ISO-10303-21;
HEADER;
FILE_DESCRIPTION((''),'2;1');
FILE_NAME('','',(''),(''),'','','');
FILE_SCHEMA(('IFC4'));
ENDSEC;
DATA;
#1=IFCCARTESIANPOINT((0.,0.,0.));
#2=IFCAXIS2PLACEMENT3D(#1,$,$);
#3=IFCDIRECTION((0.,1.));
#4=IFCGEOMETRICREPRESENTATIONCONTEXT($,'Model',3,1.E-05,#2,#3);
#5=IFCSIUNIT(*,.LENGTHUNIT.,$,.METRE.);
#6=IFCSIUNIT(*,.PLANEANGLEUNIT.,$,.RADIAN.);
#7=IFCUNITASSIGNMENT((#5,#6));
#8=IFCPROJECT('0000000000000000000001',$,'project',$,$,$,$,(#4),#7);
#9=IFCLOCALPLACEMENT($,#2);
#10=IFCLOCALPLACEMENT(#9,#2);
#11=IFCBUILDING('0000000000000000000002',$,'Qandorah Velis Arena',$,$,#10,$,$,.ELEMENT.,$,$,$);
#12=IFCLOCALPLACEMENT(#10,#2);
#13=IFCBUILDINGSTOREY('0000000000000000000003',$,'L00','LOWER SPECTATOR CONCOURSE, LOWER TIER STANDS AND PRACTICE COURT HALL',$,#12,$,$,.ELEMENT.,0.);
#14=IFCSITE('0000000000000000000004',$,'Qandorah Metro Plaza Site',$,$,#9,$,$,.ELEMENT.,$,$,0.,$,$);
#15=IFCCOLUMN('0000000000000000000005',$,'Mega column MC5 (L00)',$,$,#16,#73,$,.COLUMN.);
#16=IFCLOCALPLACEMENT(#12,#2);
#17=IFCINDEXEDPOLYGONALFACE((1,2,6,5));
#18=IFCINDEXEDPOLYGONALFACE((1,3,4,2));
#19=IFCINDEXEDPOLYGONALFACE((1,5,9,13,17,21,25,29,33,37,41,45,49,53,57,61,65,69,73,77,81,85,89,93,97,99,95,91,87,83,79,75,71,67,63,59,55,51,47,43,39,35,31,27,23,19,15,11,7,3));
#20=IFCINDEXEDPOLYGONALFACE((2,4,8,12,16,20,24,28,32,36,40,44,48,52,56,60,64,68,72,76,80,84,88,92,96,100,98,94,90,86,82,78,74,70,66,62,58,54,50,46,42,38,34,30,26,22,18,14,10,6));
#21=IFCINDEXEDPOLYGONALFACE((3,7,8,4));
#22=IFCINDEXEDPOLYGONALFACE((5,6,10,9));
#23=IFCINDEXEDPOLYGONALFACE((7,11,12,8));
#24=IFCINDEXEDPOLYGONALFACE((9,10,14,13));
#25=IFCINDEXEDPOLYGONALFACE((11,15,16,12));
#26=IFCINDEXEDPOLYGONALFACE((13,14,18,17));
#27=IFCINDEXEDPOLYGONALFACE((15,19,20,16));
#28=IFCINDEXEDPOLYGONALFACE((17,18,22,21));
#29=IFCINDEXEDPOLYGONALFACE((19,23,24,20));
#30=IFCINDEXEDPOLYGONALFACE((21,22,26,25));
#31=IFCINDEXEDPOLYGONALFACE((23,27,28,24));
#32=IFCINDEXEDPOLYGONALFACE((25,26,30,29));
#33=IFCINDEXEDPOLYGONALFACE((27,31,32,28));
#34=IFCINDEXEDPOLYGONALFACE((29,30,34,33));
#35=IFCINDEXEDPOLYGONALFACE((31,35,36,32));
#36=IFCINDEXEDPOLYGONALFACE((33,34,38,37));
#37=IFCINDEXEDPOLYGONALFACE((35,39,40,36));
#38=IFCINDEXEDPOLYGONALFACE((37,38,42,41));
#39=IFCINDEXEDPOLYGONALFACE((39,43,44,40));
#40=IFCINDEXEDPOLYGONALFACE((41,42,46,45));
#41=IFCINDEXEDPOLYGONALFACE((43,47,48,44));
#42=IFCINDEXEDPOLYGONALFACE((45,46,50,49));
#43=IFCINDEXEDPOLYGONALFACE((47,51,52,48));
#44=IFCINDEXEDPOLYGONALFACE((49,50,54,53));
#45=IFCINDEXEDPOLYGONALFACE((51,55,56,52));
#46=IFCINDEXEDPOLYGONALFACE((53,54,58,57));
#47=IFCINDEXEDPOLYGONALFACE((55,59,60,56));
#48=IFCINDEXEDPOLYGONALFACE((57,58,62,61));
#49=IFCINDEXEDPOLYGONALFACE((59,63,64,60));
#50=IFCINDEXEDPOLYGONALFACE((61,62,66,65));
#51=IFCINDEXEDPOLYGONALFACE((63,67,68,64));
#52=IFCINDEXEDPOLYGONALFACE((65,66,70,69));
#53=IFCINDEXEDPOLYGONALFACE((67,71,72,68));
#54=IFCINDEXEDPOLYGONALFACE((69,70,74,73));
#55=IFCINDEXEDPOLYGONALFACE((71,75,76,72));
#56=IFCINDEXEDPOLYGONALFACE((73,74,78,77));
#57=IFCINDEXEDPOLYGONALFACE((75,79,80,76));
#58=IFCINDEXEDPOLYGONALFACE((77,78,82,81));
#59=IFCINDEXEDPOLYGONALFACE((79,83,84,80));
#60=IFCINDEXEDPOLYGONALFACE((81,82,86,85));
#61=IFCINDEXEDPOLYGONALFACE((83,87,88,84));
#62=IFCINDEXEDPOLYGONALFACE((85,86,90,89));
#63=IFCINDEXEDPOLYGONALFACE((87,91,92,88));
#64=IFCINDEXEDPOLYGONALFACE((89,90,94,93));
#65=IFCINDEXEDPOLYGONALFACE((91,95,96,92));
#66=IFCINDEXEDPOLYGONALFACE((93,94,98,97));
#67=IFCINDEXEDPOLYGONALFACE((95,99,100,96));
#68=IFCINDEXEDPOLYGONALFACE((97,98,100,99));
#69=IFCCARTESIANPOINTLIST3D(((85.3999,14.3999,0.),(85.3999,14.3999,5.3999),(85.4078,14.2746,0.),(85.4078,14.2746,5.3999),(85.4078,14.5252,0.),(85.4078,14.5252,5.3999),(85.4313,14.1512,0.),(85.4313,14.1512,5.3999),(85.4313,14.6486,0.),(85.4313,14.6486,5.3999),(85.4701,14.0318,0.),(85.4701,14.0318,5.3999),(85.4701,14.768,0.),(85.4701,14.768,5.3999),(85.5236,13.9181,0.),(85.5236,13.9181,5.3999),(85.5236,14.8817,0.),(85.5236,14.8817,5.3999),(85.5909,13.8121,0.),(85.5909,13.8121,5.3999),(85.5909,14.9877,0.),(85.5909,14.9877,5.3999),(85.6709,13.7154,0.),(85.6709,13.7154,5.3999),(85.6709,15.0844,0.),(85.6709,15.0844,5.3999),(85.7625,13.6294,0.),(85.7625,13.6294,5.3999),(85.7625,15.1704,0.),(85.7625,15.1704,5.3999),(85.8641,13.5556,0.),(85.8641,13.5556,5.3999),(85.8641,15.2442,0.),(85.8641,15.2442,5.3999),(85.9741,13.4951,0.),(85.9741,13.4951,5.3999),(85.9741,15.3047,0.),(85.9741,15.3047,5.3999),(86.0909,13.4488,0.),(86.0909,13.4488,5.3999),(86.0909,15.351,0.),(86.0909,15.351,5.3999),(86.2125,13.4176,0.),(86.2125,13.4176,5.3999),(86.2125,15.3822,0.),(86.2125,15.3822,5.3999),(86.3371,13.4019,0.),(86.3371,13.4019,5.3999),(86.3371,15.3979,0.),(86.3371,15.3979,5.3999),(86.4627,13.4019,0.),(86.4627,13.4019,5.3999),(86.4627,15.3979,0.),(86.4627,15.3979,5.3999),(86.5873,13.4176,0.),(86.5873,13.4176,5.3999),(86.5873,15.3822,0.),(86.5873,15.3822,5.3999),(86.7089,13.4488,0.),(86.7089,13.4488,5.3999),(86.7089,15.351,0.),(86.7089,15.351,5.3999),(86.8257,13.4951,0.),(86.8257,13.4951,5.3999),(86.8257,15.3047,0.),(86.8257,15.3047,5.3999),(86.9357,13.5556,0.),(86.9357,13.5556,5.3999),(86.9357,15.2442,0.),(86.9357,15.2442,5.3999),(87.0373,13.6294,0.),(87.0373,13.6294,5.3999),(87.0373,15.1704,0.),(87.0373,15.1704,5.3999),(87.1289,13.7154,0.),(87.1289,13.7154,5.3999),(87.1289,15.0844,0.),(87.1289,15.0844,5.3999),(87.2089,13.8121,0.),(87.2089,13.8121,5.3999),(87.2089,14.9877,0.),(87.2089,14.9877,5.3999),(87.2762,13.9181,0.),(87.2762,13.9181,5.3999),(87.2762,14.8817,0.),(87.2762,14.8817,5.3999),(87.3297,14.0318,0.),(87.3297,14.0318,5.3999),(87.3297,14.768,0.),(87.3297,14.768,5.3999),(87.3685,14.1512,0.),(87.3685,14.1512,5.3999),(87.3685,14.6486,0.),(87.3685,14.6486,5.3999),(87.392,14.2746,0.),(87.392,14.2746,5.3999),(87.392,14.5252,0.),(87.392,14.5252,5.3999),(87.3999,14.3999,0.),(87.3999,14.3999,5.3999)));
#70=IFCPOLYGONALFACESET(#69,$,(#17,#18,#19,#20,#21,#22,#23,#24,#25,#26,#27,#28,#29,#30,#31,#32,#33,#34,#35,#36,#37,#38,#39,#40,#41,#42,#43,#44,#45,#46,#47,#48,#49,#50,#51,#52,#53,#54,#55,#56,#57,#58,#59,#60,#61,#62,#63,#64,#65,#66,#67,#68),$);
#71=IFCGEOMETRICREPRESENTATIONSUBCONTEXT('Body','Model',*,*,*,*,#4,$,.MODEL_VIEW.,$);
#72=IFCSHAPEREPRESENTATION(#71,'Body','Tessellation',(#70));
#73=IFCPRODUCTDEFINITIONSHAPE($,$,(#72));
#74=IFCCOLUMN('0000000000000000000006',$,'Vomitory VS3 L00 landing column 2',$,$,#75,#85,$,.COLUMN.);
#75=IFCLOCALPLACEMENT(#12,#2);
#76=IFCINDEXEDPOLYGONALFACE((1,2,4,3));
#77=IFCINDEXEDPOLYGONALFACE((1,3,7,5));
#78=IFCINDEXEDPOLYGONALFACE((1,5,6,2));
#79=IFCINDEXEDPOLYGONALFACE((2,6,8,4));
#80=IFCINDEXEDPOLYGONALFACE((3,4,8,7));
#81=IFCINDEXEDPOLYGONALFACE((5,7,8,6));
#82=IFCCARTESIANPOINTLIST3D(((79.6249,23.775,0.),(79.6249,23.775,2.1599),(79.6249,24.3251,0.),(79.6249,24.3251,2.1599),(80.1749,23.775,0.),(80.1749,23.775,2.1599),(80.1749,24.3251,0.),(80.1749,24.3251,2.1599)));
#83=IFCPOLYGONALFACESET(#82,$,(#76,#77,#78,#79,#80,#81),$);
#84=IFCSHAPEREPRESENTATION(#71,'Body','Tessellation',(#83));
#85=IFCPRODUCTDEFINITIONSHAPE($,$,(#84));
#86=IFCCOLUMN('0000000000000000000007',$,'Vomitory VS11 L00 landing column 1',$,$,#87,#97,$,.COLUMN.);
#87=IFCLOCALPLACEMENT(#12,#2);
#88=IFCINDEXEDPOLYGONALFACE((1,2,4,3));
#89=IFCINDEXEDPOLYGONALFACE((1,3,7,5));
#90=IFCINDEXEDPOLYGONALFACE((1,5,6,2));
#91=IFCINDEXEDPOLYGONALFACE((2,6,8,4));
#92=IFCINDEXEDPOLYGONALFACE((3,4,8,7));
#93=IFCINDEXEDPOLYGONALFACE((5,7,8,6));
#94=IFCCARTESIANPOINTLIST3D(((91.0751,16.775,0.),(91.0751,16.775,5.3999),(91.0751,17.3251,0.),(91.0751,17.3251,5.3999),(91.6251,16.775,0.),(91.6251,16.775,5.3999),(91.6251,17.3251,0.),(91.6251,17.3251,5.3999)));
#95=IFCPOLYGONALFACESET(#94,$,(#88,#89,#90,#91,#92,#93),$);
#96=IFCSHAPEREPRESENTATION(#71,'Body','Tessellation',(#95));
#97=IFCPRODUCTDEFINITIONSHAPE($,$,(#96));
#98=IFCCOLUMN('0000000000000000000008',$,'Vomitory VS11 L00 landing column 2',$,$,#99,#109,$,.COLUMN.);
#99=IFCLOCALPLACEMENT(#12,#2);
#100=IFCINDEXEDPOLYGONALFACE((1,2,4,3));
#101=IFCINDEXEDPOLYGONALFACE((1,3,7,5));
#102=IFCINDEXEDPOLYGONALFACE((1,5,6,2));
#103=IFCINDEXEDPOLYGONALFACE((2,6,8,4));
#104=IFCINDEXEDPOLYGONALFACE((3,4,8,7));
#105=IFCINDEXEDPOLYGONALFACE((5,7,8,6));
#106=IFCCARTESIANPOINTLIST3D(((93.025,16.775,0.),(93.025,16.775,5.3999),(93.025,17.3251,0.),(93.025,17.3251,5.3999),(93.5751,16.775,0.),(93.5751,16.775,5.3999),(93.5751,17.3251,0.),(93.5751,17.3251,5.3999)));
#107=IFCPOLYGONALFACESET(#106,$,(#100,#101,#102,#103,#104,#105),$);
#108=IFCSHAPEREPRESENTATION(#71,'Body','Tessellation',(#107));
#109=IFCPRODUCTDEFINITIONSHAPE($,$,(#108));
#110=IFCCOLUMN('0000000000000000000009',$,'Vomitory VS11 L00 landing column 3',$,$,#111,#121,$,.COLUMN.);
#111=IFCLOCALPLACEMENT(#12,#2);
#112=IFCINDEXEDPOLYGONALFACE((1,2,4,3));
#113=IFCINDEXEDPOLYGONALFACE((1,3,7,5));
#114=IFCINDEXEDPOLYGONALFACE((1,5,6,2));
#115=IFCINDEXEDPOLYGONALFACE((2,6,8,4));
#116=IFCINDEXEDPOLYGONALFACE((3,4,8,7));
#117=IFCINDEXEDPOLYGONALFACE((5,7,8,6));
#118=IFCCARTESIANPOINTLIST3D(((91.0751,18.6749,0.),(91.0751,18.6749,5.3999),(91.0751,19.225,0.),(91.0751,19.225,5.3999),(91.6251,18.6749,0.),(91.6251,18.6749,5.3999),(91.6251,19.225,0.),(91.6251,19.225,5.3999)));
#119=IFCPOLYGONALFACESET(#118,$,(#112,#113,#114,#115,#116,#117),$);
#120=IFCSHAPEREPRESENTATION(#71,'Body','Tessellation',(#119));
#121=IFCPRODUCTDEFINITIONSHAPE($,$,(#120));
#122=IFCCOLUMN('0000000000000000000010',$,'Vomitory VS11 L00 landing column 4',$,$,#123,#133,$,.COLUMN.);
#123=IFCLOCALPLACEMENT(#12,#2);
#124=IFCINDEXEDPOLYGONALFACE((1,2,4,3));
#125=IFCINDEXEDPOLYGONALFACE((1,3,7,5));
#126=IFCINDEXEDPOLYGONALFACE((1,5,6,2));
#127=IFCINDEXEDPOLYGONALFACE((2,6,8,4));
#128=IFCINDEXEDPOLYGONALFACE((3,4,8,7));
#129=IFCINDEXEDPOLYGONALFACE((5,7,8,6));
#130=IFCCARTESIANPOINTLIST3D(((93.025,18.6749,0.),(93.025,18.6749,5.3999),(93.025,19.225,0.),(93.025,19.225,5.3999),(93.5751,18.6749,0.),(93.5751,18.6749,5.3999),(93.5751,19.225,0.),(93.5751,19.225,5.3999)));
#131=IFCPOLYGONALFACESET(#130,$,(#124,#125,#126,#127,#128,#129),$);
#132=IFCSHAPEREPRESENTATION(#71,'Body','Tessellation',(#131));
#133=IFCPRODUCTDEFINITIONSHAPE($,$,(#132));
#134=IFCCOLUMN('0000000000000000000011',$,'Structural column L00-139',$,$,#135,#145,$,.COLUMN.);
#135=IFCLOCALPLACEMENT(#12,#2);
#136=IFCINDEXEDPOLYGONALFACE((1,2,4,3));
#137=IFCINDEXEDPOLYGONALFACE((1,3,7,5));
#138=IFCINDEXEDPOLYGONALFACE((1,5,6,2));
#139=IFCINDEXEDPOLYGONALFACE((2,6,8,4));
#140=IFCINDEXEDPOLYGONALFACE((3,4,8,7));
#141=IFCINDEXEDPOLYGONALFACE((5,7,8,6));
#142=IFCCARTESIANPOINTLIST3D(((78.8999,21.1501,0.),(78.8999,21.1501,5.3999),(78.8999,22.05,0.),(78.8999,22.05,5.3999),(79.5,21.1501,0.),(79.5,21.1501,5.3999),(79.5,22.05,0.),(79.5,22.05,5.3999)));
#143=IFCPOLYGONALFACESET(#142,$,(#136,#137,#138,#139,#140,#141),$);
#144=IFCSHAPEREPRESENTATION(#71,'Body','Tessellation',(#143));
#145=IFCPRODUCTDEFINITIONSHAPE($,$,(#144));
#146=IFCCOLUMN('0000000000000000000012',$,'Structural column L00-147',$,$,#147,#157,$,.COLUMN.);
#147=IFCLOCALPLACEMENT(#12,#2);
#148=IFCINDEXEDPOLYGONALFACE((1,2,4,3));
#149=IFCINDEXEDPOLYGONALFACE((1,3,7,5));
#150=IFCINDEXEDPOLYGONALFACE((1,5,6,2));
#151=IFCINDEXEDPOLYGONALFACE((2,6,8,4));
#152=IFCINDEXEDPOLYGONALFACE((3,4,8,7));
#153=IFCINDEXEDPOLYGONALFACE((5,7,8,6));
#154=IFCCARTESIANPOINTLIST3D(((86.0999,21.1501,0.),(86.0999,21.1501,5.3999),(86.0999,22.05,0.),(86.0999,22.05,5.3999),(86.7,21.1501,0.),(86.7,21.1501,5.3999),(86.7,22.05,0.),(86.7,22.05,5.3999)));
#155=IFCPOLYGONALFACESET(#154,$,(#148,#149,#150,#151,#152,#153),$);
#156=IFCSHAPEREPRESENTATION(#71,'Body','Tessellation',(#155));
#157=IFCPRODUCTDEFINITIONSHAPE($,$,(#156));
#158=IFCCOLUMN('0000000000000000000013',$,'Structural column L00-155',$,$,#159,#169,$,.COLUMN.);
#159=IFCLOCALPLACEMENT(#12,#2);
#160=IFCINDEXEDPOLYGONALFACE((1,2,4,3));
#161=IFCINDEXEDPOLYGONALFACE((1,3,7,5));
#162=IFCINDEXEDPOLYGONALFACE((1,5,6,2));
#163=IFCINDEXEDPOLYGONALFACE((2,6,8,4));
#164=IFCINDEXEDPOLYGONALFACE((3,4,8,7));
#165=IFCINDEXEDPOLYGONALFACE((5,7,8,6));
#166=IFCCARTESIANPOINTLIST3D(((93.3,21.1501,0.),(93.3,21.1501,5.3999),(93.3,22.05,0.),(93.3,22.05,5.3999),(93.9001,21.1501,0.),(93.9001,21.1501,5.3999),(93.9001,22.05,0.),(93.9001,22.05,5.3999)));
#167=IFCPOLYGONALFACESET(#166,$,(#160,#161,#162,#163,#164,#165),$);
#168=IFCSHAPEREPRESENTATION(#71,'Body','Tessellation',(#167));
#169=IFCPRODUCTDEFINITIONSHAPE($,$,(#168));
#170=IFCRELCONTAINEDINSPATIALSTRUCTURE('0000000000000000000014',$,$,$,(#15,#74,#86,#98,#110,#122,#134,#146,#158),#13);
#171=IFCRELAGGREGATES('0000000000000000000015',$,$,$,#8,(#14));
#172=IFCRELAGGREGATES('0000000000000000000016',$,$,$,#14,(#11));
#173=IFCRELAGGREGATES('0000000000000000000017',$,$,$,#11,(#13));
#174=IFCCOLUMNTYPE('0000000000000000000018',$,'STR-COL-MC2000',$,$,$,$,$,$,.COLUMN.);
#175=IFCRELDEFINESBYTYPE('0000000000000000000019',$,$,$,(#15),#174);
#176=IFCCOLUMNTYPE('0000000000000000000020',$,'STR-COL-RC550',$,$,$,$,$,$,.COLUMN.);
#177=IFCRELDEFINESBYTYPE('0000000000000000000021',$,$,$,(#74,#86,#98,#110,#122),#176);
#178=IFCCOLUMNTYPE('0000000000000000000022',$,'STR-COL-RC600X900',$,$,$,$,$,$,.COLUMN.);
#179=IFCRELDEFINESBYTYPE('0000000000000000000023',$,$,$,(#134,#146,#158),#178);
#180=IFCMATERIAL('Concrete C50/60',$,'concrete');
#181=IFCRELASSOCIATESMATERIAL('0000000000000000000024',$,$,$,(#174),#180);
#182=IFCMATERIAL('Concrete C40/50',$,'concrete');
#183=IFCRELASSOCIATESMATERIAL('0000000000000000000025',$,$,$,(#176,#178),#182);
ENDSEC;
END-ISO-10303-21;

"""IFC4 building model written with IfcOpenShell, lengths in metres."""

from ifc_helpers import new_model, si_unit, direction, frame, origin, origin_2d, place, context, subcontext, project, spatial, rectangle, circle, extrude, material, material_profile, profile_set, type_object, element, save


model = new_model("IFC4")

# Units and contexts
model_context = context("Model", 3, precision=1e-05, world=origin(), true_north=direction((0.0, 1.0)))
body_context = subcontext(model_context, "Body", "Model", "MODEL_VIEW")
ifc_project = project(units=[si_unit("LENGTHUNIT", "METRE"), si_unit("PLANEANGLEUNIT", "RADIAN")], contexts=[model_context])

# Site, building, storey
site_placement = place(None, origin())
site = spatial("IfcSite", under=ifc_project, at=site_placement, Name="Qandorah Metro Plaza Site", CompositionType="ELEMENT", RefElevation=0.0)
building_placement = place(site_placement, origin())
building = spatial("IfcBuilding", under=site, at=building_placement, Name="Qandorah Velis Arena", CompositionType="ELEMENT")
storey_placement = place(building_placement, origin())
storey = spatial("IfcBuildingStorey", under=building, at=storey_placement, Name="L00", Description="LOWER SPECTATOR CONCOURSE, LOWER TIER STANDS AND PRACTICE COURT HALL", CompositionType="ELEMENT", Elevation=0.0)

# Columns
ifc_material_1 = material(Name="Concrete C50/60", Category="concrete")
ifc_material_profile_1 = material_profile(ifc_material_1, circle(Radius=1.0, at=origin_2d()), Name="MC D2000")
ifc_profile_set_1 = profile_set([ifc_material_profile_1], Name="Concrete C50/60")
column_type_1 = type_object("IfcColumnType", Name="STR-COL-MC2000", PredefinedType="COLUMN", material=ifc_profile_set_1)
column_1_placement = place(storey_placement, frame((86.3999, 14.3999, 0.0), z_axis=(0.0, 0.0, 1.0), x_axis=(1.0, 0.0, 0.0)))
element("IfcColumn", 1, at=column_1_placement, inside=storey, type_object=column_type_1, Name="Mega column MC5 (L00)", PredefinedType="COLUMN", context=body_context, shape_type="SweptSolid", body=[
    extrude(circle(Radius=1.0, at=origin_2d()), origin(), (0.0, 0.0, 1.0), 5.3999),
])
ifc_material_2 = material(Name="Concrete C40/50", Category="concrete")
ifc_material_profile_2 = material_profile(ifc_material_2, rectangle(XDim=0.55, YDim=0.55, at=origin_2d()), Name="RC COL 550x550")
ifc_profile_set_2 = profile_set([ifc_material_profile_2], Name="Concrete C40/50")
column_type_2 = type_object("IfcColumnType", Name="STR-COL-RC550", PredefinedType="COLUMN", material=ifc_profile_set_2)
column_2_placement = place(storey_placement, frame((79.8999, 24.05, 0.0), z_axis=(0.0, 0.0, 1.0), x_axis=(1.0, 0.0, 0.0)))
element("IfcColumn", 2, at=column_2_placement, inside=storey, type_object=column_type_2, Name="Vomitory VS3 L00 landing column 2", PredefinedType="COLUMN", context=body_context, shape_type="SweptSolid", body=[
    extrude(rectangle(XDim=0.55, YDim=0.55, at=origin_2d()), origin(), (0.0, 0.0, 1.0), 2.1599),
])
for number, where, z_axis, x_axis, name in (
    (3, (91.3501, 17.05, 0.0), (0.0, 0.0, 1.0), (1.0, 0.0, 0.0), "Vomitory VS11 L00 landing column 1"),
    (4, (93.3, 17.05, 0.0), (0.0, 0.0, 1.0), (1.0, 0.0, 0.0), "Vomitory VS11 L00 landing column 2"),
    (5, (91.3501, 18.95, 0.0), (0.0, 0.0, 1.0), (1.0, 0.0, 0.0), "Vomitory VS11 L00 landing column 3"),
    (6, (93.3, 18.95, 0.0), (0.0, 0.0, 1.0), (1.0, 0.0, 0.0), "Vomitory VS11 L00 landing column 4"),
):
    element("IfcColumn", number, at=place(storey_placement, frame(where, z_axis=z_axis, x_axis=x_axis)), inside=storey, type_object=column_type_2, Name=name, PredefinedType="COLUMN", context=body_context, shape_type="SweptSolid", body=[
        extrude(rectangle(XDim=0.55, YDim=0.55, at=origin_2d()), origin(), (0.0, 0.0, 1.0), 5.3999),
    ])
ifc_material_profile_3 = material_profile(ifc_material_2, rectangle(XDim=0.6001, YDim=0.8999, at=origin_2d()), Name="RC COL 600x900")
ifc_profile_set_3 = profile_set([ifc_material_profile_3], Name="Concrete C40/50")
column_type_3 = type_object("IfcColumnType", Name="STR-COL-RC600X900", PredefinedType="COLUMN", material=ifc_profile_set_3)
for number, where, z_axis, x_axis, name in (
    (7, (79.2, 21.6001, 0.0), (0.0, 0.0, 1.0), (1.0, 0.0, 0.0), "Structural column L00-139"),
    (8, (86.3999, 21.6001, 0.0), (0.0, 0.0, 1.0), (1.0, 0.0, 0.0), "Structural column L00-147"),
    (9, (93.6001, 21.6001, 0.0), (0.0, 0.0, 1.0), (1.0, 0.0, 0.0), "Structural column L00-155"),
):
    element("IfcColumn", number, at=place(storey_placement, frame(where, z_axis=z_axis, x_axis=x_axis)), inside=storey, type_object=column_type_3, Name=name, PredefinedType="COLUMN", context=body_context, shape_type="SweptSolid", body=[
        extrude(rectangle(XDim=0.6001, YDim=0.8999, at=origin_2d()), origin(), (0.0, 0.0, 1.0), 5.3999),
    ])

save(model, "model.ifc")
